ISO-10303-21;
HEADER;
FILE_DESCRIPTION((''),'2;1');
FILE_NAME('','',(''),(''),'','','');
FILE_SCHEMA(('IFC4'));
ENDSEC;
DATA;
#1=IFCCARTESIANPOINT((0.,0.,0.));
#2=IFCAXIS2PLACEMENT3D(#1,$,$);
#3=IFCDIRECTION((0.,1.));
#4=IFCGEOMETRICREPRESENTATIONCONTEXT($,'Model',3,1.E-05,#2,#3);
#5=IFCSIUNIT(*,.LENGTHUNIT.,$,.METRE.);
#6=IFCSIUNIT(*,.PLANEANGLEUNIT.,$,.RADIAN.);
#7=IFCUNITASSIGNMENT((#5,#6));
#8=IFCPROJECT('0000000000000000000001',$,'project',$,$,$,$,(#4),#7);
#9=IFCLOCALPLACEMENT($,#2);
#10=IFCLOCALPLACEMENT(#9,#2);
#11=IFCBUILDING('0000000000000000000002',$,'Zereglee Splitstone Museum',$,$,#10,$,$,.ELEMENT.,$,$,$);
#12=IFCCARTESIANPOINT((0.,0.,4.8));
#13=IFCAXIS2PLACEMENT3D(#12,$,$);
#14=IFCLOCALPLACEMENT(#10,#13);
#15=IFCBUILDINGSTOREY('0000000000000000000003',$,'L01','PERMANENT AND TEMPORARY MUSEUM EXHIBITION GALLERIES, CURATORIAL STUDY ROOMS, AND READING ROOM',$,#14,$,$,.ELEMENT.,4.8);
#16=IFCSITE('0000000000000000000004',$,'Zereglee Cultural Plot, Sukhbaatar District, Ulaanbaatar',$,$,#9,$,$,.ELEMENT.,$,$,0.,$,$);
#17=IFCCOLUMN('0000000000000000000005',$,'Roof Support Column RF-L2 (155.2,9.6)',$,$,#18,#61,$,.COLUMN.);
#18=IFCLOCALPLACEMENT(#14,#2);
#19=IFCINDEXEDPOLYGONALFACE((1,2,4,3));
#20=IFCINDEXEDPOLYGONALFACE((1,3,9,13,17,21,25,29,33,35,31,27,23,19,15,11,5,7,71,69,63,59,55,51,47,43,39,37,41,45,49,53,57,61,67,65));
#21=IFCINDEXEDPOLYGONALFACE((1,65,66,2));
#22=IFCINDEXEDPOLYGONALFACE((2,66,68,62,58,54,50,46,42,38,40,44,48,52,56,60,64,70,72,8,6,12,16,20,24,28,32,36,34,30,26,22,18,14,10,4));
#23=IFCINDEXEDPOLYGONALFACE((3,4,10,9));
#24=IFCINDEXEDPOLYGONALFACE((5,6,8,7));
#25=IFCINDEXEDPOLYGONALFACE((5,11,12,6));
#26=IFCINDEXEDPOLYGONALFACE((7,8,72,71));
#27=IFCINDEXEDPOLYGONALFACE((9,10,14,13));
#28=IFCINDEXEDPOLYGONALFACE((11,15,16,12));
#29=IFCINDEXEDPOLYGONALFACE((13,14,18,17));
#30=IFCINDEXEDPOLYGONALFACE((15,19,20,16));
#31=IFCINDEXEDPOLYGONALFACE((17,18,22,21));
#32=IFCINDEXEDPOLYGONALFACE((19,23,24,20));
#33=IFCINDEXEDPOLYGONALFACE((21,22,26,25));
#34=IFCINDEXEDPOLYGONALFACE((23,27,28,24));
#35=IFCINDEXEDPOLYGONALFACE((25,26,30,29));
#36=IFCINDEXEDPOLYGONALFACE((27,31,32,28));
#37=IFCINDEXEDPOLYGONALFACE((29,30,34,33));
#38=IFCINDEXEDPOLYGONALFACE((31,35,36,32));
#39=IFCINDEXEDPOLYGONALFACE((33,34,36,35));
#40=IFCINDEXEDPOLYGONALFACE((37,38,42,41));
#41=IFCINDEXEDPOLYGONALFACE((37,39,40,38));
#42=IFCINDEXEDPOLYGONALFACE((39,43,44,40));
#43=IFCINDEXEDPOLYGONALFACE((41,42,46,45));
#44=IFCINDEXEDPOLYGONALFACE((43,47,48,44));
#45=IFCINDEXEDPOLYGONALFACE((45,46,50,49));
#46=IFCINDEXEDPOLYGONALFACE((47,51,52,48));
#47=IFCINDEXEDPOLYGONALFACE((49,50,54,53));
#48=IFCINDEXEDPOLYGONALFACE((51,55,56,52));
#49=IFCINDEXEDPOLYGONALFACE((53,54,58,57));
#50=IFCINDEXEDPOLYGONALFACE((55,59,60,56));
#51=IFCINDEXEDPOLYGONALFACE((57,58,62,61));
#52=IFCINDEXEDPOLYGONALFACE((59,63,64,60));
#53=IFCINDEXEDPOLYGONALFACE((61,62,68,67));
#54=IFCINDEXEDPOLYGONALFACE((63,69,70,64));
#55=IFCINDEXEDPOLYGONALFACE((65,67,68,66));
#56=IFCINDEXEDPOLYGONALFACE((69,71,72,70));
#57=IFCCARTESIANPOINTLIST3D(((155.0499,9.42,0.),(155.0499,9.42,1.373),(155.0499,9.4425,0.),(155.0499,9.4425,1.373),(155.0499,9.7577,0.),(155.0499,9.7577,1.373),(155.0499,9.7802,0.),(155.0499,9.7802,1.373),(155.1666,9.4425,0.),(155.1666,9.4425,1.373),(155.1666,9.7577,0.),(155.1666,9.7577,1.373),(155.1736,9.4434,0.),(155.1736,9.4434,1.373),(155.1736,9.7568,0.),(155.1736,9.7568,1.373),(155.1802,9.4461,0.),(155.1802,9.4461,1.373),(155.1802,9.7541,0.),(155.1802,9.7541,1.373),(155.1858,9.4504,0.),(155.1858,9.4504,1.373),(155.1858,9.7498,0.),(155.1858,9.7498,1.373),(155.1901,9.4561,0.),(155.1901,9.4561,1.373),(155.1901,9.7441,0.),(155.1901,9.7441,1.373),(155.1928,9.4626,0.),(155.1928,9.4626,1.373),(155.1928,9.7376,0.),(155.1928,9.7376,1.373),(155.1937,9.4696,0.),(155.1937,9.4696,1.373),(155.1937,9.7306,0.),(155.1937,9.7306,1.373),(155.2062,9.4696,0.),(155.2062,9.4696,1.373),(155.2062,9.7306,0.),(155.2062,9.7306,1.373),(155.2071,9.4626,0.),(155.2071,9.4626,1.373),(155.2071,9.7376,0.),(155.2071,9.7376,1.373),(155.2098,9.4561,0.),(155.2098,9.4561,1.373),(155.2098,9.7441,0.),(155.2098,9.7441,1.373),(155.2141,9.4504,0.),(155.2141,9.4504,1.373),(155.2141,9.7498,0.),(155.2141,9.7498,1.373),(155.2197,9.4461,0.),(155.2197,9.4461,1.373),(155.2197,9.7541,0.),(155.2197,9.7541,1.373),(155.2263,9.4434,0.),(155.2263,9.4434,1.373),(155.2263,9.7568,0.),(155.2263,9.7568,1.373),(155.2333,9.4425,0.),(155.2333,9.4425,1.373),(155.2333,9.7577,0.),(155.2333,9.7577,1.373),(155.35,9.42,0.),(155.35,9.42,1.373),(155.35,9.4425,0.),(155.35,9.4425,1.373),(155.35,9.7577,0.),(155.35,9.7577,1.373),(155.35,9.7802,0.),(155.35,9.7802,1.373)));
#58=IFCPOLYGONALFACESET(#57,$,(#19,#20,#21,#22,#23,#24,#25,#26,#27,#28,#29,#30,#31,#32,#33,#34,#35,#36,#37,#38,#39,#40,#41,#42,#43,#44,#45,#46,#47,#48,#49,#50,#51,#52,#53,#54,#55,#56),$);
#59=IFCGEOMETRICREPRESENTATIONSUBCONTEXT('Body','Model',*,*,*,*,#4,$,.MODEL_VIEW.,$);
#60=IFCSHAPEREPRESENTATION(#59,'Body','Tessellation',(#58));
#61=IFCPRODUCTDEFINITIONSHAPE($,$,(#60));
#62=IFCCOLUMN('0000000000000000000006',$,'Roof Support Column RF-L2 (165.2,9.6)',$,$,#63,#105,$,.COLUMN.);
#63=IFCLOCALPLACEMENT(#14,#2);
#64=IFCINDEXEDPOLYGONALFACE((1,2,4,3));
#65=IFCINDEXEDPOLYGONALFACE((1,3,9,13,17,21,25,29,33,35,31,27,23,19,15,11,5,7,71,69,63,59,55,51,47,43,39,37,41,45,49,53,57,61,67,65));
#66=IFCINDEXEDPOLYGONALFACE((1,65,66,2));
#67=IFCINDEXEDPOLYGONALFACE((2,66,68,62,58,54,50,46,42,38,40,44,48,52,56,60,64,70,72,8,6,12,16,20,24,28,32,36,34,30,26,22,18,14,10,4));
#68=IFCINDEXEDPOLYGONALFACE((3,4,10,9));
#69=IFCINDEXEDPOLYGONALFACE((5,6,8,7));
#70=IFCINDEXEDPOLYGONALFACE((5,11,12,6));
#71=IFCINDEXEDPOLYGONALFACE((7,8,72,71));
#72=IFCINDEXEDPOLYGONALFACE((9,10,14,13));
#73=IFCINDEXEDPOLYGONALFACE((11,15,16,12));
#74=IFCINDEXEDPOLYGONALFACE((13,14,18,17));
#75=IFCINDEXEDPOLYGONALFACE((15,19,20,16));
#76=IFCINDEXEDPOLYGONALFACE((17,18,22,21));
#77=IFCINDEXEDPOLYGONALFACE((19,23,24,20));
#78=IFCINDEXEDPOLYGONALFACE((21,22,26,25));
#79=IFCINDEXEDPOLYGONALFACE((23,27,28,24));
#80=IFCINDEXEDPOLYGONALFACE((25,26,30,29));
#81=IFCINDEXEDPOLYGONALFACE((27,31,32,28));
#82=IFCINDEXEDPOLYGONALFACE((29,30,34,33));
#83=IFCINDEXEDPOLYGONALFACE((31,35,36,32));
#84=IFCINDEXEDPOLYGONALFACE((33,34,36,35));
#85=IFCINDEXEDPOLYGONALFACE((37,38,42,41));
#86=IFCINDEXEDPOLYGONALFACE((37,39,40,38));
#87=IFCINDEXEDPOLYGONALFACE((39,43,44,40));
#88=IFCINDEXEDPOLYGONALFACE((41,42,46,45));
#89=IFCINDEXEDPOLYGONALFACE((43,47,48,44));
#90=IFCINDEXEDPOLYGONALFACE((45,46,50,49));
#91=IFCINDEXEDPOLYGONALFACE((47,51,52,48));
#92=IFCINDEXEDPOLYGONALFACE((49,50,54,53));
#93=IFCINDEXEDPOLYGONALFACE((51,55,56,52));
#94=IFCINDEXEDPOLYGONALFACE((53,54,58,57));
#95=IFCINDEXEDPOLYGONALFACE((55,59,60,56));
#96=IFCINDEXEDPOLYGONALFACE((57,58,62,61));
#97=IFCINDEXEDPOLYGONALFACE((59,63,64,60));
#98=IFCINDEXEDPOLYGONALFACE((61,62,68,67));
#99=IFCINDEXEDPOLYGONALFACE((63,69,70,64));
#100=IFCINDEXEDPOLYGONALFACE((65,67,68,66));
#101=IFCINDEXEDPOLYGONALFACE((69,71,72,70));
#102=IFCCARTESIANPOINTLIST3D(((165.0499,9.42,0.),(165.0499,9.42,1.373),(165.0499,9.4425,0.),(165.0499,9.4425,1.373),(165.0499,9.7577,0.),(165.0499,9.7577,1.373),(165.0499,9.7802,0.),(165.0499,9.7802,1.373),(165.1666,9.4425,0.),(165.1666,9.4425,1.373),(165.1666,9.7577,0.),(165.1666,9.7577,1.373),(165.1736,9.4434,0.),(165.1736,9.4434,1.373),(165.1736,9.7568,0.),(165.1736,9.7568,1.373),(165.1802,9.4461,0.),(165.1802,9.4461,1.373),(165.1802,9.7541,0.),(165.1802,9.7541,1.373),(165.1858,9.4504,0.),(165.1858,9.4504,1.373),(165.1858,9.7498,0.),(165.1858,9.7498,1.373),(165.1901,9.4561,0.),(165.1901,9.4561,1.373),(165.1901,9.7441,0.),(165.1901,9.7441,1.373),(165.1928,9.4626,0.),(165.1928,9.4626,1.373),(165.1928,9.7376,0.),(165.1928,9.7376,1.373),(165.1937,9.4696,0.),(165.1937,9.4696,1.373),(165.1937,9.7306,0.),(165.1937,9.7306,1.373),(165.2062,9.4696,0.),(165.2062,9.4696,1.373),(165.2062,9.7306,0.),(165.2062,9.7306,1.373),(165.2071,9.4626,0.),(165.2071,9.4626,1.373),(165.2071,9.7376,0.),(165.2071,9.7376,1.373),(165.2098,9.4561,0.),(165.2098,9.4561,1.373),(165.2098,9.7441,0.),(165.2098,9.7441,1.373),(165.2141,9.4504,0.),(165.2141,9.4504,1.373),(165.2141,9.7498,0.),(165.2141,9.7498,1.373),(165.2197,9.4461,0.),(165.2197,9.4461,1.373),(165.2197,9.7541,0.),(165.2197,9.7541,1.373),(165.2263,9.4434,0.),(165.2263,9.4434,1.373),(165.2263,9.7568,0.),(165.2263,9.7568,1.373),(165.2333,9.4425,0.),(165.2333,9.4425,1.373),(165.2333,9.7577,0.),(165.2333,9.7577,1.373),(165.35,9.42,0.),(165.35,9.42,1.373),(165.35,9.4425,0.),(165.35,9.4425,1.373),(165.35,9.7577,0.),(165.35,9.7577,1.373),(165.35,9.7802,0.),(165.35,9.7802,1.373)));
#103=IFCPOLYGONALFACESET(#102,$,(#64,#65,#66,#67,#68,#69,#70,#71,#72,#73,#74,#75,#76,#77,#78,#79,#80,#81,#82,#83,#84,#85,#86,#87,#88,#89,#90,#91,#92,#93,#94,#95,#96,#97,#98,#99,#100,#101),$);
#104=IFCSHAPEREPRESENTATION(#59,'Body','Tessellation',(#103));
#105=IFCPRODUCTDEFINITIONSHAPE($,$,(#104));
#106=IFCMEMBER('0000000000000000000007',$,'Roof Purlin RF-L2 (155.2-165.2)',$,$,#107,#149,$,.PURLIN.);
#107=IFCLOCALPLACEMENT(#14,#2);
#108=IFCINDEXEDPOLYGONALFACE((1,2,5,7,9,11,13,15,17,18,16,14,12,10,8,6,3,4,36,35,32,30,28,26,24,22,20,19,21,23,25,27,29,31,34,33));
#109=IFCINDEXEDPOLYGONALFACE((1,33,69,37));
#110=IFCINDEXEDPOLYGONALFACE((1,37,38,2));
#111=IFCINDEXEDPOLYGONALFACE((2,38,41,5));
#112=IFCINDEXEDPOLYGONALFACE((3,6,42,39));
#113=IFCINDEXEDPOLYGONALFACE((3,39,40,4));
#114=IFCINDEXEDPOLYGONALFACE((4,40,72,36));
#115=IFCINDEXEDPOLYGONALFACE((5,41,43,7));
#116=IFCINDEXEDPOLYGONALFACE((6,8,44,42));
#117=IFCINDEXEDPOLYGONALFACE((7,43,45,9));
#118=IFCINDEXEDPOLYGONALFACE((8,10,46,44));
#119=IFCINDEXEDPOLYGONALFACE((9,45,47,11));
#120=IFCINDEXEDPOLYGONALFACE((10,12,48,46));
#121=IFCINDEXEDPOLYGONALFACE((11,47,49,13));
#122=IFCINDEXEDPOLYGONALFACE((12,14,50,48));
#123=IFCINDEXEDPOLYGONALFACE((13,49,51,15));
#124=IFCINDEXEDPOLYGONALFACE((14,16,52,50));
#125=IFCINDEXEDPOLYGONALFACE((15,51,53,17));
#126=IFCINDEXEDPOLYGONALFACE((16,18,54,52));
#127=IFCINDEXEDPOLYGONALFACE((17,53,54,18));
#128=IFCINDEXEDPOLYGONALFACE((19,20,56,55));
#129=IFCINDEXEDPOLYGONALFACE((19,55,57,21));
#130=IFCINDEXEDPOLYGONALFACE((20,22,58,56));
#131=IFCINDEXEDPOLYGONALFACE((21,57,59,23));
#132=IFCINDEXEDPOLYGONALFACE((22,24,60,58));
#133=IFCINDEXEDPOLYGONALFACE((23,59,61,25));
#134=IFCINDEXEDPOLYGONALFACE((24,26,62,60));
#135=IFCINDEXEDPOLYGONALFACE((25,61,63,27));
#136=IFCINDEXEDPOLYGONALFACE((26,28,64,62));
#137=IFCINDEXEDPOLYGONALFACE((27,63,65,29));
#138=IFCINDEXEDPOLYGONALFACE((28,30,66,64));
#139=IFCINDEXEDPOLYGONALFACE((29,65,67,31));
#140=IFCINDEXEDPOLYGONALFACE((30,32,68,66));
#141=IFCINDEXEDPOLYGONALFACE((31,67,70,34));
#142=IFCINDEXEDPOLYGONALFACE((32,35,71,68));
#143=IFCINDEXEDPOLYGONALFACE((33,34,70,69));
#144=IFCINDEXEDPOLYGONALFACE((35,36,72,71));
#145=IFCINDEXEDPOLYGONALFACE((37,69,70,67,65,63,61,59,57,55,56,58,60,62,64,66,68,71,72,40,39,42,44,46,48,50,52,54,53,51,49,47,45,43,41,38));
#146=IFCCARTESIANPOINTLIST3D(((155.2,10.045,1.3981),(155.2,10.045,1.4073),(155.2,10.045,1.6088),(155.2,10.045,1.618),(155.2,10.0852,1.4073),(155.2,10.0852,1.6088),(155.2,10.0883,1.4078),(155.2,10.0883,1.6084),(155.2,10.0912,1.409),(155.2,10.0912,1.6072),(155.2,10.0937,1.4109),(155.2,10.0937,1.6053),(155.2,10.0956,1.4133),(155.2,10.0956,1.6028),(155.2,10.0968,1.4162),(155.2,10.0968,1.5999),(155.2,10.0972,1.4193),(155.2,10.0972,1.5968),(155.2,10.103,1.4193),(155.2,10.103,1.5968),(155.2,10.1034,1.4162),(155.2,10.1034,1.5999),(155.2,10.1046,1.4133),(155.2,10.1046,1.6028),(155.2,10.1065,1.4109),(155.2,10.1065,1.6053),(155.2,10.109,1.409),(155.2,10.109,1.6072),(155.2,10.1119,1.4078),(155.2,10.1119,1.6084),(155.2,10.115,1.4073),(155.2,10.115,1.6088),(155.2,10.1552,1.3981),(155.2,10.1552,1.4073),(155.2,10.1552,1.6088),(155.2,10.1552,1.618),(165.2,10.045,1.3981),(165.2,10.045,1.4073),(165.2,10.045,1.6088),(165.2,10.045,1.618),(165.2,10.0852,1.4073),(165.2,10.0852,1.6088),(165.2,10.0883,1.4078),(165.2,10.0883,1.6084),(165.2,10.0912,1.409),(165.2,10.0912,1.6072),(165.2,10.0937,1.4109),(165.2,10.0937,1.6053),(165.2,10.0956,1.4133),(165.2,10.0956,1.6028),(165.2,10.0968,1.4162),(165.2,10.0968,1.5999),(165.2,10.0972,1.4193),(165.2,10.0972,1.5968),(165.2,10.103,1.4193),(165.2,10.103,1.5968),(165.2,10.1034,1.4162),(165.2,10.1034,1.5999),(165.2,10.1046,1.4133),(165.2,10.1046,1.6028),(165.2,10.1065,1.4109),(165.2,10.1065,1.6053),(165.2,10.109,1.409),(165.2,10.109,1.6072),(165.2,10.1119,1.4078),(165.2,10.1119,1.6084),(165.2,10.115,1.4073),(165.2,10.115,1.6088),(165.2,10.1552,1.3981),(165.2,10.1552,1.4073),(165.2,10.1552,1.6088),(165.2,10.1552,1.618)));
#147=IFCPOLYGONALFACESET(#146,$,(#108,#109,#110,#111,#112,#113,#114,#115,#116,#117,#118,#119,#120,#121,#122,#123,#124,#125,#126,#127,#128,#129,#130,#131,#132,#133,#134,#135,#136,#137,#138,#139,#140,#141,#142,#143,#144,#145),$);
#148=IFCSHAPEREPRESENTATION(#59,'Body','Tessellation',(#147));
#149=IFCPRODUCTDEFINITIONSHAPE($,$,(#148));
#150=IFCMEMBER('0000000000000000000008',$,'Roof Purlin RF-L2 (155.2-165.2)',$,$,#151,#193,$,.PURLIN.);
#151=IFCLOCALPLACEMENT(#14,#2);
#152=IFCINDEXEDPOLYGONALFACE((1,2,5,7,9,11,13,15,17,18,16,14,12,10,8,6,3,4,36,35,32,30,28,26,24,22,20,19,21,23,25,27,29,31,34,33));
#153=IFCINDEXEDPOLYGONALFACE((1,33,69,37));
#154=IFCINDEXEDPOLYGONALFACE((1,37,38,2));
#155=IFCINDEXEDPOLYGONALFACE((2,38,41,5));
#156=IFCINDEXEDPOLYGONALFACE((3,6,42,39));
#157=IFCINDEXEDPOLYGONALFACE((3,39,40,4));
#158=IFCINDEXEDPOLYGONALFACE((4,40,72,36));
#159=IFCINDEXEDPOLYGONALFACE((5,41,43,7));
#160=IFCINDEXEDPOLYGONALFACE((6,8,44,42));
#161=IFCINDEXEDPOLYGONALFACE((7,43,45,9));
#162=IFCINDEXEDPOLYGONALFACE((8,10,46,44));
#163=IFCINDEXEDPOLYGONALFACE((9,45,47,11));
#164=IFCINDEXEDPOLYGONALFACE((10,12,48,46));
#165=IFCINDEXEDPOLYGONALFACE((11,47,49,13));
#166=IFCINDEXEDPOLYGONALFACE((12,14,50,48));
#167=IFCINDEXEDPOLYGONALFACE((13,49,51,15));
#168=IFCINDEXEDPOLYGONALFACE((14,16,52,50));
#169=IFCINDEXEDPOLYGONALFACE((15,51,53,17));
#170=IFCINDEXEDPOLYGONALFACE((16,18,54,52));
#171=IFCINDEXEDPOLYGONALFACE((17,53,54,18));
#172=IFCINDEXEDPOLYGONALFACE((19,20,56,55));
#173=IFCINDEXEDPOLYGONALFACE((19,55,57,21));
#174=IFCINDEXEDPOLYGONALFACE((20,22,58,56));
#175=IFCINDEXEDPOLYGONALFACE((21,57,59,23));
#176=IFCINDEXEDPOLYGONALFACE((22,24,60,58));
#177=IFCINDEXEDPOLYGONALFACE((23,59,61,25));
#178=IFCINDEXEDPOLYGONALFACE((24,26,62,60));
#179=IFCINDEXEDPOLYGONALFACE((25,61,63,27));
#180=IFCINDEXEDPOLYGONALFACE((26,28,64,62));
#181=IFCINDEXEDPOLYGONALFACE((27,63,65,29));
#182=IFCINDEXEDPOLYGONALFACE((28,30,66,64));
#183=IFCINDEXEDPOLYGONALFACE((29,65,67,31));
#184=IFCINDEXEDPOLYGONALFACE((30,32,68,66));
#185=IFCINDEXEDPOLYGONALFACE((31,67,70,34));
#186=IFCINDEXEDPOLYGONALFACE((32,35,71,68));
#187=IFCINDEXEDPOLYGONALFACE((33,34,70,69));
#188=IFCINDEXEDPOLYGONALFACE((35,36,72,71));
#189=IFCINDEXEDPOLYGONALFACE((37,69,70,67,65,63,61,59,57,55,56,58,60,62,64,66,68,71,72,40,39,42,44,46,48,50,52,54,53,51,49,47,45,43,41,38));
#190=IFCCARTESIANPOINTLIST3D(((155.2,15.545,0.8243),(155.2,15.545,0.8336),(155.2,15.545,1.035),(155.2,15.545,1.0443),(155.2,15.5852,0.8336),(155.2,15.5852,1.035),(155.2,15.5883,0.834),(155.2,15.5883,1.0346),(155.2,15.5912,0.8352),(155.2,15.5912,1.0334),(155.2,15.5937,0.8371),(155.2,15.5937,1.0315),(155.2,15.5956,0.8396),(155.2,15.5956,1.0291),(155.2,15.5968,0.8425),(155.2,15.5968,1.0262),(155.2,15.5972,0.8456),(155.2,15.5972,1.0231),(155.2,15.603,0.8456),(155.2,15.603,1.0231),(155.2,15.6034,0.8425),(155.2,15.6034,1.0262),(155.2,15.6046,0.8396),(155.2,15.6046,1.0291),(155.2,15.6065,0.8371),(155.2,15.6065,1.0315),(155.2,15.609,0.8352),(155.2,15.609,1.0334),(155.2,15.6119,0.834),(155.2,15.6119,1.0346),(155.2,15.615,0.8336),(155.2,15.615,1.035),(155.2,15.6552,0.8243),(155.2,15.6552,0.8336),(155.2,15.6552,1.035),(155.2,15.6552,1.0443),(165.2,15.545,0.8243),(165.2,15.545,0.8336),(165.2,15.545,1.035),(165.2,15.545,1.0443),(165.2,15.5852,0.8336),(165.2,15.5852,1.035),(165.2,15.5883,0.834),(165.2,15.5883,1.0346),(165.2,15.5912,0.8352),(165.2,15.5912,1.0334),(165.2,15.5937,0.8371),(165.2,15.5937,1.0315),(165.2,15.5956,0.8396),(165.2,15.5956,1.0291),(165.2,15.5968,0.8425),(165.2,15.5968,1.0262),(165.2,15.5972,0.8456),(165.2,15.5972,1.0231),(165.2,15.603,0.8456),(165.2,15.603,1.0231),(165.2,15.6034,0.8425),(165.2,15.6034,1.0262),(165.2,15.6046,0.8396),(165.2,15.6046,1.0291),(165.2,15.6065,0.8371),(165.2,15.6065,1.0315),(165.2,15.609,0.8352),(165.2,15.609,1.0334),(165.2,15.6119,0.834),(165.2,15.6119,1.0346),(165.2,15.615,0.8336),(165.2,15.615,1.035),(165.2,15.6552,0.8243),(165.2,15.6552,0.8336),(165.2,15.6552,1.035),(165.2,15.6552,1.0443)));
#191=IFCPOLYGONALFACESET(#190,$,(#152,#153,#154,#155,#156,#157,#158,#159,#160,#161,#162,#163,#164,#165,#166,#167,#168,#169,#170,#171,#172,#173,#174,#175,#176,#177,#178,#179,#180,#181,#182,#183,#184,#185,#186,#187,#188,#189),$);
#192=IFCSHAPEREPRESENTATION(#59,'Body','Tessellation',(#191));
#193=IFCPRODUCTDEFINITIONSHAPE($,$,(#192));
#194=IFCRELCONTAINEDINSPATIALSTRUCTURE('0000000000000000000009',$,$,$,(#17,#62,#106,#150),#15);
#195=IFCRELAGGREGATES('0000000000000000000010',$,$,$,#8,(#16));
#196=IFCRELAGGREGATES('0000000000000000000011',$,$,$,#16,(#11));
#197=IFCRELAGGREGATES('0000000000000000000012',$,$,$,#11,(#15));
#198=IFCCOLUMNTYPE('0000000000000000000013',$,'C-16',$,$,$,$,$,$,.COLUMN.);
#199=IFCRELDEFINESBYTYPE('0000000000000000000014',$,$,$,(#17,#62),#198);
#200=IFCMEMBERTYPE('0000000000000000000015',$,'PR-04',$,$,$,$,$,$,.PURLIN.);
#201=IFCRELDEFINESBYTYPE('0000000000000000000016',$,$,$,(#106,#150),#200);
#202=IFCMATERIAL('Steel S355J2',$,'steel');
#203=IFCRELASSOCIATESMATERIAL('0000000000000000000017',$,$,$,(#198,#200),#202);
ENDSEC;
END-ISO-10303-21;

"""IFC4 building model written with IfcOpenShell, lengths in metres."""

from ifc_helpers import new_model, si_unit, direction, frame, origin, origin_2d, place, context, subcontext, project, spatial, i_section, extrude, material, material_profile, profile_set, type_object, element, save


model = new_model("IFC4")

# Units and contexts
model_context = context("Model", 3, precision=1e-05, world=origin(), true_north=direction((0.0, 1.0)))
body_context = subcontext(model_context, "Body", "Model", "MODEL_VIEW")
ifc_project = project(units=[si_unit("LENGTHUNIT", "METRE"), si_unit("PLANEANGLEUNIT", "RADIAN")], contexts=[model_context])

# Site, building, storey
site_placement = place(None, origin())
site = spatial("IfcSite", under=ifc_project, at=site_placement, Name="Zereglee Cultural Plot, Sukhbaatar District, Ulaanbaatar", CompositionType="ELEMENT", RefElevation=0.0)
building_placement = place(site_placement, origin())
building = spatial("IfcBuilding", under=site, at=building_placement, Name="Zereglee Splitstone Museum", CompositionType="ELEMENT")
storey_placement = place(building_placement, frame((0.0, 0.0, 4.8)))
storey = spatial("IfcBuildingStorey", under=building, at=storey_placement, Name="L01", Description="PERMANENT AND TEMPORARY MUSEUM EXHIBITION GALLERIES, CURATORIAL STUDY ROOMS, AND READING ROOM", CompositionType="ELEMENT", Elevation=4.8)

# Columns
ifc_material_1 = material(Name="Steel S355J2", Category="steel")
ifc_material_profile_1 = material_profile(ifc_material_1, i_section(OverallWidth=0.3, OverallDepth=0.3601, WebThickness=0.0125, FlangeThickness=0.0225, FilletRadius=0.0271, at=origin_2d()), Name="HE 360 B")
ifc_profile_set_1 = profile_set([ifc_material_profile_1], Name="Steel S355J2")
column_type = type_object("IfcColumnType", Name="C-16", PredefinedType="COLUMN", material=ifc_profile_set_1)
for number, where, z_axis, x_axis, name in (
    (1, (155.2, 9.6001, 0.0), (0.0, 0.0, 1.0), (1.0, 0.0, 0.0), "Roof Support Column RF-L2 (155.2,9.6)"),
    (2, (165.2, 9.6001, 0.0), (0.0, 0.0, 1.0), (1.0, 0.0, 0.0), "Roof Support Column RF-L2 (165.2,9.6)"),
):
    element("IfcColumn", number, at=place(storey_placement, frame(where, z_axis=z_axis, x_axis=x_axis)), inside=storey, type_object=column_type, Name=name, PredefinedType="COLUMN", context=body_context, shape_type="SweptSolid", body=[
        extrude(i_section(OverallWidth=0.3, OverallDepth=0.3601, WebThickness=0.0125, FlangeThickness=0.0225, FilletRadius=0.0271, at=origin_2d()), origin(), (0.0, 0.0, 1.0), 1.373),
    ])

# Members
ifc_material_profile_2 = material_profile(ifc_material_1, i_section(OverallWidth=0.1101, OverallDepth=0.22, WebThickness=0.0059, FlangeThickness=0.0093, FilletRadius=0.012, at=origin_2d()), Name="IPE 220")
ifc_profile_set_2 = profile_set([ifc_material_profile_2], Name="Steel S355J2")
member_type = type_object("IfcMemberType", Name="PR-04", PredefinedType="PURLIN", material=ifc_profile_set_2)
for number, where, z_axis, x_axis, name in (
    (3, (155.2, 10.1001, 1.5081), (1.0, 0.0, 0.0), (0.0, 1.0, 0.0), "Roof Purlin RF-L2 (155.2-165.2)"),
    (4, (155.2, 15.6001, 0.9343), (1.0, 0.0, 0.0), (0.0, 1.0, 0.0), "Roof Purlin RF-L2 (155.2-165.2)"),
):
    element("IfcMember", number, at=place(storey_placement, frame(where, z_axis=z_axis, x_axis=x_axis)), inside=storey, type_object=member_type, Name=name, PredefinedType="PURLIN", context=body_context, shape_type="SweptSolid", body=[
        extrude(i_section(OverallWidth=0.1101, OverallDepth=0.22, WebThickness=0.0059, FlangeThickness=0.0093, FilletRadius=0.012, at=origin_2d()), origin(), (0.0, 0.0, 1.0), 10.0),
    ])

save(model, "model.ifc")
